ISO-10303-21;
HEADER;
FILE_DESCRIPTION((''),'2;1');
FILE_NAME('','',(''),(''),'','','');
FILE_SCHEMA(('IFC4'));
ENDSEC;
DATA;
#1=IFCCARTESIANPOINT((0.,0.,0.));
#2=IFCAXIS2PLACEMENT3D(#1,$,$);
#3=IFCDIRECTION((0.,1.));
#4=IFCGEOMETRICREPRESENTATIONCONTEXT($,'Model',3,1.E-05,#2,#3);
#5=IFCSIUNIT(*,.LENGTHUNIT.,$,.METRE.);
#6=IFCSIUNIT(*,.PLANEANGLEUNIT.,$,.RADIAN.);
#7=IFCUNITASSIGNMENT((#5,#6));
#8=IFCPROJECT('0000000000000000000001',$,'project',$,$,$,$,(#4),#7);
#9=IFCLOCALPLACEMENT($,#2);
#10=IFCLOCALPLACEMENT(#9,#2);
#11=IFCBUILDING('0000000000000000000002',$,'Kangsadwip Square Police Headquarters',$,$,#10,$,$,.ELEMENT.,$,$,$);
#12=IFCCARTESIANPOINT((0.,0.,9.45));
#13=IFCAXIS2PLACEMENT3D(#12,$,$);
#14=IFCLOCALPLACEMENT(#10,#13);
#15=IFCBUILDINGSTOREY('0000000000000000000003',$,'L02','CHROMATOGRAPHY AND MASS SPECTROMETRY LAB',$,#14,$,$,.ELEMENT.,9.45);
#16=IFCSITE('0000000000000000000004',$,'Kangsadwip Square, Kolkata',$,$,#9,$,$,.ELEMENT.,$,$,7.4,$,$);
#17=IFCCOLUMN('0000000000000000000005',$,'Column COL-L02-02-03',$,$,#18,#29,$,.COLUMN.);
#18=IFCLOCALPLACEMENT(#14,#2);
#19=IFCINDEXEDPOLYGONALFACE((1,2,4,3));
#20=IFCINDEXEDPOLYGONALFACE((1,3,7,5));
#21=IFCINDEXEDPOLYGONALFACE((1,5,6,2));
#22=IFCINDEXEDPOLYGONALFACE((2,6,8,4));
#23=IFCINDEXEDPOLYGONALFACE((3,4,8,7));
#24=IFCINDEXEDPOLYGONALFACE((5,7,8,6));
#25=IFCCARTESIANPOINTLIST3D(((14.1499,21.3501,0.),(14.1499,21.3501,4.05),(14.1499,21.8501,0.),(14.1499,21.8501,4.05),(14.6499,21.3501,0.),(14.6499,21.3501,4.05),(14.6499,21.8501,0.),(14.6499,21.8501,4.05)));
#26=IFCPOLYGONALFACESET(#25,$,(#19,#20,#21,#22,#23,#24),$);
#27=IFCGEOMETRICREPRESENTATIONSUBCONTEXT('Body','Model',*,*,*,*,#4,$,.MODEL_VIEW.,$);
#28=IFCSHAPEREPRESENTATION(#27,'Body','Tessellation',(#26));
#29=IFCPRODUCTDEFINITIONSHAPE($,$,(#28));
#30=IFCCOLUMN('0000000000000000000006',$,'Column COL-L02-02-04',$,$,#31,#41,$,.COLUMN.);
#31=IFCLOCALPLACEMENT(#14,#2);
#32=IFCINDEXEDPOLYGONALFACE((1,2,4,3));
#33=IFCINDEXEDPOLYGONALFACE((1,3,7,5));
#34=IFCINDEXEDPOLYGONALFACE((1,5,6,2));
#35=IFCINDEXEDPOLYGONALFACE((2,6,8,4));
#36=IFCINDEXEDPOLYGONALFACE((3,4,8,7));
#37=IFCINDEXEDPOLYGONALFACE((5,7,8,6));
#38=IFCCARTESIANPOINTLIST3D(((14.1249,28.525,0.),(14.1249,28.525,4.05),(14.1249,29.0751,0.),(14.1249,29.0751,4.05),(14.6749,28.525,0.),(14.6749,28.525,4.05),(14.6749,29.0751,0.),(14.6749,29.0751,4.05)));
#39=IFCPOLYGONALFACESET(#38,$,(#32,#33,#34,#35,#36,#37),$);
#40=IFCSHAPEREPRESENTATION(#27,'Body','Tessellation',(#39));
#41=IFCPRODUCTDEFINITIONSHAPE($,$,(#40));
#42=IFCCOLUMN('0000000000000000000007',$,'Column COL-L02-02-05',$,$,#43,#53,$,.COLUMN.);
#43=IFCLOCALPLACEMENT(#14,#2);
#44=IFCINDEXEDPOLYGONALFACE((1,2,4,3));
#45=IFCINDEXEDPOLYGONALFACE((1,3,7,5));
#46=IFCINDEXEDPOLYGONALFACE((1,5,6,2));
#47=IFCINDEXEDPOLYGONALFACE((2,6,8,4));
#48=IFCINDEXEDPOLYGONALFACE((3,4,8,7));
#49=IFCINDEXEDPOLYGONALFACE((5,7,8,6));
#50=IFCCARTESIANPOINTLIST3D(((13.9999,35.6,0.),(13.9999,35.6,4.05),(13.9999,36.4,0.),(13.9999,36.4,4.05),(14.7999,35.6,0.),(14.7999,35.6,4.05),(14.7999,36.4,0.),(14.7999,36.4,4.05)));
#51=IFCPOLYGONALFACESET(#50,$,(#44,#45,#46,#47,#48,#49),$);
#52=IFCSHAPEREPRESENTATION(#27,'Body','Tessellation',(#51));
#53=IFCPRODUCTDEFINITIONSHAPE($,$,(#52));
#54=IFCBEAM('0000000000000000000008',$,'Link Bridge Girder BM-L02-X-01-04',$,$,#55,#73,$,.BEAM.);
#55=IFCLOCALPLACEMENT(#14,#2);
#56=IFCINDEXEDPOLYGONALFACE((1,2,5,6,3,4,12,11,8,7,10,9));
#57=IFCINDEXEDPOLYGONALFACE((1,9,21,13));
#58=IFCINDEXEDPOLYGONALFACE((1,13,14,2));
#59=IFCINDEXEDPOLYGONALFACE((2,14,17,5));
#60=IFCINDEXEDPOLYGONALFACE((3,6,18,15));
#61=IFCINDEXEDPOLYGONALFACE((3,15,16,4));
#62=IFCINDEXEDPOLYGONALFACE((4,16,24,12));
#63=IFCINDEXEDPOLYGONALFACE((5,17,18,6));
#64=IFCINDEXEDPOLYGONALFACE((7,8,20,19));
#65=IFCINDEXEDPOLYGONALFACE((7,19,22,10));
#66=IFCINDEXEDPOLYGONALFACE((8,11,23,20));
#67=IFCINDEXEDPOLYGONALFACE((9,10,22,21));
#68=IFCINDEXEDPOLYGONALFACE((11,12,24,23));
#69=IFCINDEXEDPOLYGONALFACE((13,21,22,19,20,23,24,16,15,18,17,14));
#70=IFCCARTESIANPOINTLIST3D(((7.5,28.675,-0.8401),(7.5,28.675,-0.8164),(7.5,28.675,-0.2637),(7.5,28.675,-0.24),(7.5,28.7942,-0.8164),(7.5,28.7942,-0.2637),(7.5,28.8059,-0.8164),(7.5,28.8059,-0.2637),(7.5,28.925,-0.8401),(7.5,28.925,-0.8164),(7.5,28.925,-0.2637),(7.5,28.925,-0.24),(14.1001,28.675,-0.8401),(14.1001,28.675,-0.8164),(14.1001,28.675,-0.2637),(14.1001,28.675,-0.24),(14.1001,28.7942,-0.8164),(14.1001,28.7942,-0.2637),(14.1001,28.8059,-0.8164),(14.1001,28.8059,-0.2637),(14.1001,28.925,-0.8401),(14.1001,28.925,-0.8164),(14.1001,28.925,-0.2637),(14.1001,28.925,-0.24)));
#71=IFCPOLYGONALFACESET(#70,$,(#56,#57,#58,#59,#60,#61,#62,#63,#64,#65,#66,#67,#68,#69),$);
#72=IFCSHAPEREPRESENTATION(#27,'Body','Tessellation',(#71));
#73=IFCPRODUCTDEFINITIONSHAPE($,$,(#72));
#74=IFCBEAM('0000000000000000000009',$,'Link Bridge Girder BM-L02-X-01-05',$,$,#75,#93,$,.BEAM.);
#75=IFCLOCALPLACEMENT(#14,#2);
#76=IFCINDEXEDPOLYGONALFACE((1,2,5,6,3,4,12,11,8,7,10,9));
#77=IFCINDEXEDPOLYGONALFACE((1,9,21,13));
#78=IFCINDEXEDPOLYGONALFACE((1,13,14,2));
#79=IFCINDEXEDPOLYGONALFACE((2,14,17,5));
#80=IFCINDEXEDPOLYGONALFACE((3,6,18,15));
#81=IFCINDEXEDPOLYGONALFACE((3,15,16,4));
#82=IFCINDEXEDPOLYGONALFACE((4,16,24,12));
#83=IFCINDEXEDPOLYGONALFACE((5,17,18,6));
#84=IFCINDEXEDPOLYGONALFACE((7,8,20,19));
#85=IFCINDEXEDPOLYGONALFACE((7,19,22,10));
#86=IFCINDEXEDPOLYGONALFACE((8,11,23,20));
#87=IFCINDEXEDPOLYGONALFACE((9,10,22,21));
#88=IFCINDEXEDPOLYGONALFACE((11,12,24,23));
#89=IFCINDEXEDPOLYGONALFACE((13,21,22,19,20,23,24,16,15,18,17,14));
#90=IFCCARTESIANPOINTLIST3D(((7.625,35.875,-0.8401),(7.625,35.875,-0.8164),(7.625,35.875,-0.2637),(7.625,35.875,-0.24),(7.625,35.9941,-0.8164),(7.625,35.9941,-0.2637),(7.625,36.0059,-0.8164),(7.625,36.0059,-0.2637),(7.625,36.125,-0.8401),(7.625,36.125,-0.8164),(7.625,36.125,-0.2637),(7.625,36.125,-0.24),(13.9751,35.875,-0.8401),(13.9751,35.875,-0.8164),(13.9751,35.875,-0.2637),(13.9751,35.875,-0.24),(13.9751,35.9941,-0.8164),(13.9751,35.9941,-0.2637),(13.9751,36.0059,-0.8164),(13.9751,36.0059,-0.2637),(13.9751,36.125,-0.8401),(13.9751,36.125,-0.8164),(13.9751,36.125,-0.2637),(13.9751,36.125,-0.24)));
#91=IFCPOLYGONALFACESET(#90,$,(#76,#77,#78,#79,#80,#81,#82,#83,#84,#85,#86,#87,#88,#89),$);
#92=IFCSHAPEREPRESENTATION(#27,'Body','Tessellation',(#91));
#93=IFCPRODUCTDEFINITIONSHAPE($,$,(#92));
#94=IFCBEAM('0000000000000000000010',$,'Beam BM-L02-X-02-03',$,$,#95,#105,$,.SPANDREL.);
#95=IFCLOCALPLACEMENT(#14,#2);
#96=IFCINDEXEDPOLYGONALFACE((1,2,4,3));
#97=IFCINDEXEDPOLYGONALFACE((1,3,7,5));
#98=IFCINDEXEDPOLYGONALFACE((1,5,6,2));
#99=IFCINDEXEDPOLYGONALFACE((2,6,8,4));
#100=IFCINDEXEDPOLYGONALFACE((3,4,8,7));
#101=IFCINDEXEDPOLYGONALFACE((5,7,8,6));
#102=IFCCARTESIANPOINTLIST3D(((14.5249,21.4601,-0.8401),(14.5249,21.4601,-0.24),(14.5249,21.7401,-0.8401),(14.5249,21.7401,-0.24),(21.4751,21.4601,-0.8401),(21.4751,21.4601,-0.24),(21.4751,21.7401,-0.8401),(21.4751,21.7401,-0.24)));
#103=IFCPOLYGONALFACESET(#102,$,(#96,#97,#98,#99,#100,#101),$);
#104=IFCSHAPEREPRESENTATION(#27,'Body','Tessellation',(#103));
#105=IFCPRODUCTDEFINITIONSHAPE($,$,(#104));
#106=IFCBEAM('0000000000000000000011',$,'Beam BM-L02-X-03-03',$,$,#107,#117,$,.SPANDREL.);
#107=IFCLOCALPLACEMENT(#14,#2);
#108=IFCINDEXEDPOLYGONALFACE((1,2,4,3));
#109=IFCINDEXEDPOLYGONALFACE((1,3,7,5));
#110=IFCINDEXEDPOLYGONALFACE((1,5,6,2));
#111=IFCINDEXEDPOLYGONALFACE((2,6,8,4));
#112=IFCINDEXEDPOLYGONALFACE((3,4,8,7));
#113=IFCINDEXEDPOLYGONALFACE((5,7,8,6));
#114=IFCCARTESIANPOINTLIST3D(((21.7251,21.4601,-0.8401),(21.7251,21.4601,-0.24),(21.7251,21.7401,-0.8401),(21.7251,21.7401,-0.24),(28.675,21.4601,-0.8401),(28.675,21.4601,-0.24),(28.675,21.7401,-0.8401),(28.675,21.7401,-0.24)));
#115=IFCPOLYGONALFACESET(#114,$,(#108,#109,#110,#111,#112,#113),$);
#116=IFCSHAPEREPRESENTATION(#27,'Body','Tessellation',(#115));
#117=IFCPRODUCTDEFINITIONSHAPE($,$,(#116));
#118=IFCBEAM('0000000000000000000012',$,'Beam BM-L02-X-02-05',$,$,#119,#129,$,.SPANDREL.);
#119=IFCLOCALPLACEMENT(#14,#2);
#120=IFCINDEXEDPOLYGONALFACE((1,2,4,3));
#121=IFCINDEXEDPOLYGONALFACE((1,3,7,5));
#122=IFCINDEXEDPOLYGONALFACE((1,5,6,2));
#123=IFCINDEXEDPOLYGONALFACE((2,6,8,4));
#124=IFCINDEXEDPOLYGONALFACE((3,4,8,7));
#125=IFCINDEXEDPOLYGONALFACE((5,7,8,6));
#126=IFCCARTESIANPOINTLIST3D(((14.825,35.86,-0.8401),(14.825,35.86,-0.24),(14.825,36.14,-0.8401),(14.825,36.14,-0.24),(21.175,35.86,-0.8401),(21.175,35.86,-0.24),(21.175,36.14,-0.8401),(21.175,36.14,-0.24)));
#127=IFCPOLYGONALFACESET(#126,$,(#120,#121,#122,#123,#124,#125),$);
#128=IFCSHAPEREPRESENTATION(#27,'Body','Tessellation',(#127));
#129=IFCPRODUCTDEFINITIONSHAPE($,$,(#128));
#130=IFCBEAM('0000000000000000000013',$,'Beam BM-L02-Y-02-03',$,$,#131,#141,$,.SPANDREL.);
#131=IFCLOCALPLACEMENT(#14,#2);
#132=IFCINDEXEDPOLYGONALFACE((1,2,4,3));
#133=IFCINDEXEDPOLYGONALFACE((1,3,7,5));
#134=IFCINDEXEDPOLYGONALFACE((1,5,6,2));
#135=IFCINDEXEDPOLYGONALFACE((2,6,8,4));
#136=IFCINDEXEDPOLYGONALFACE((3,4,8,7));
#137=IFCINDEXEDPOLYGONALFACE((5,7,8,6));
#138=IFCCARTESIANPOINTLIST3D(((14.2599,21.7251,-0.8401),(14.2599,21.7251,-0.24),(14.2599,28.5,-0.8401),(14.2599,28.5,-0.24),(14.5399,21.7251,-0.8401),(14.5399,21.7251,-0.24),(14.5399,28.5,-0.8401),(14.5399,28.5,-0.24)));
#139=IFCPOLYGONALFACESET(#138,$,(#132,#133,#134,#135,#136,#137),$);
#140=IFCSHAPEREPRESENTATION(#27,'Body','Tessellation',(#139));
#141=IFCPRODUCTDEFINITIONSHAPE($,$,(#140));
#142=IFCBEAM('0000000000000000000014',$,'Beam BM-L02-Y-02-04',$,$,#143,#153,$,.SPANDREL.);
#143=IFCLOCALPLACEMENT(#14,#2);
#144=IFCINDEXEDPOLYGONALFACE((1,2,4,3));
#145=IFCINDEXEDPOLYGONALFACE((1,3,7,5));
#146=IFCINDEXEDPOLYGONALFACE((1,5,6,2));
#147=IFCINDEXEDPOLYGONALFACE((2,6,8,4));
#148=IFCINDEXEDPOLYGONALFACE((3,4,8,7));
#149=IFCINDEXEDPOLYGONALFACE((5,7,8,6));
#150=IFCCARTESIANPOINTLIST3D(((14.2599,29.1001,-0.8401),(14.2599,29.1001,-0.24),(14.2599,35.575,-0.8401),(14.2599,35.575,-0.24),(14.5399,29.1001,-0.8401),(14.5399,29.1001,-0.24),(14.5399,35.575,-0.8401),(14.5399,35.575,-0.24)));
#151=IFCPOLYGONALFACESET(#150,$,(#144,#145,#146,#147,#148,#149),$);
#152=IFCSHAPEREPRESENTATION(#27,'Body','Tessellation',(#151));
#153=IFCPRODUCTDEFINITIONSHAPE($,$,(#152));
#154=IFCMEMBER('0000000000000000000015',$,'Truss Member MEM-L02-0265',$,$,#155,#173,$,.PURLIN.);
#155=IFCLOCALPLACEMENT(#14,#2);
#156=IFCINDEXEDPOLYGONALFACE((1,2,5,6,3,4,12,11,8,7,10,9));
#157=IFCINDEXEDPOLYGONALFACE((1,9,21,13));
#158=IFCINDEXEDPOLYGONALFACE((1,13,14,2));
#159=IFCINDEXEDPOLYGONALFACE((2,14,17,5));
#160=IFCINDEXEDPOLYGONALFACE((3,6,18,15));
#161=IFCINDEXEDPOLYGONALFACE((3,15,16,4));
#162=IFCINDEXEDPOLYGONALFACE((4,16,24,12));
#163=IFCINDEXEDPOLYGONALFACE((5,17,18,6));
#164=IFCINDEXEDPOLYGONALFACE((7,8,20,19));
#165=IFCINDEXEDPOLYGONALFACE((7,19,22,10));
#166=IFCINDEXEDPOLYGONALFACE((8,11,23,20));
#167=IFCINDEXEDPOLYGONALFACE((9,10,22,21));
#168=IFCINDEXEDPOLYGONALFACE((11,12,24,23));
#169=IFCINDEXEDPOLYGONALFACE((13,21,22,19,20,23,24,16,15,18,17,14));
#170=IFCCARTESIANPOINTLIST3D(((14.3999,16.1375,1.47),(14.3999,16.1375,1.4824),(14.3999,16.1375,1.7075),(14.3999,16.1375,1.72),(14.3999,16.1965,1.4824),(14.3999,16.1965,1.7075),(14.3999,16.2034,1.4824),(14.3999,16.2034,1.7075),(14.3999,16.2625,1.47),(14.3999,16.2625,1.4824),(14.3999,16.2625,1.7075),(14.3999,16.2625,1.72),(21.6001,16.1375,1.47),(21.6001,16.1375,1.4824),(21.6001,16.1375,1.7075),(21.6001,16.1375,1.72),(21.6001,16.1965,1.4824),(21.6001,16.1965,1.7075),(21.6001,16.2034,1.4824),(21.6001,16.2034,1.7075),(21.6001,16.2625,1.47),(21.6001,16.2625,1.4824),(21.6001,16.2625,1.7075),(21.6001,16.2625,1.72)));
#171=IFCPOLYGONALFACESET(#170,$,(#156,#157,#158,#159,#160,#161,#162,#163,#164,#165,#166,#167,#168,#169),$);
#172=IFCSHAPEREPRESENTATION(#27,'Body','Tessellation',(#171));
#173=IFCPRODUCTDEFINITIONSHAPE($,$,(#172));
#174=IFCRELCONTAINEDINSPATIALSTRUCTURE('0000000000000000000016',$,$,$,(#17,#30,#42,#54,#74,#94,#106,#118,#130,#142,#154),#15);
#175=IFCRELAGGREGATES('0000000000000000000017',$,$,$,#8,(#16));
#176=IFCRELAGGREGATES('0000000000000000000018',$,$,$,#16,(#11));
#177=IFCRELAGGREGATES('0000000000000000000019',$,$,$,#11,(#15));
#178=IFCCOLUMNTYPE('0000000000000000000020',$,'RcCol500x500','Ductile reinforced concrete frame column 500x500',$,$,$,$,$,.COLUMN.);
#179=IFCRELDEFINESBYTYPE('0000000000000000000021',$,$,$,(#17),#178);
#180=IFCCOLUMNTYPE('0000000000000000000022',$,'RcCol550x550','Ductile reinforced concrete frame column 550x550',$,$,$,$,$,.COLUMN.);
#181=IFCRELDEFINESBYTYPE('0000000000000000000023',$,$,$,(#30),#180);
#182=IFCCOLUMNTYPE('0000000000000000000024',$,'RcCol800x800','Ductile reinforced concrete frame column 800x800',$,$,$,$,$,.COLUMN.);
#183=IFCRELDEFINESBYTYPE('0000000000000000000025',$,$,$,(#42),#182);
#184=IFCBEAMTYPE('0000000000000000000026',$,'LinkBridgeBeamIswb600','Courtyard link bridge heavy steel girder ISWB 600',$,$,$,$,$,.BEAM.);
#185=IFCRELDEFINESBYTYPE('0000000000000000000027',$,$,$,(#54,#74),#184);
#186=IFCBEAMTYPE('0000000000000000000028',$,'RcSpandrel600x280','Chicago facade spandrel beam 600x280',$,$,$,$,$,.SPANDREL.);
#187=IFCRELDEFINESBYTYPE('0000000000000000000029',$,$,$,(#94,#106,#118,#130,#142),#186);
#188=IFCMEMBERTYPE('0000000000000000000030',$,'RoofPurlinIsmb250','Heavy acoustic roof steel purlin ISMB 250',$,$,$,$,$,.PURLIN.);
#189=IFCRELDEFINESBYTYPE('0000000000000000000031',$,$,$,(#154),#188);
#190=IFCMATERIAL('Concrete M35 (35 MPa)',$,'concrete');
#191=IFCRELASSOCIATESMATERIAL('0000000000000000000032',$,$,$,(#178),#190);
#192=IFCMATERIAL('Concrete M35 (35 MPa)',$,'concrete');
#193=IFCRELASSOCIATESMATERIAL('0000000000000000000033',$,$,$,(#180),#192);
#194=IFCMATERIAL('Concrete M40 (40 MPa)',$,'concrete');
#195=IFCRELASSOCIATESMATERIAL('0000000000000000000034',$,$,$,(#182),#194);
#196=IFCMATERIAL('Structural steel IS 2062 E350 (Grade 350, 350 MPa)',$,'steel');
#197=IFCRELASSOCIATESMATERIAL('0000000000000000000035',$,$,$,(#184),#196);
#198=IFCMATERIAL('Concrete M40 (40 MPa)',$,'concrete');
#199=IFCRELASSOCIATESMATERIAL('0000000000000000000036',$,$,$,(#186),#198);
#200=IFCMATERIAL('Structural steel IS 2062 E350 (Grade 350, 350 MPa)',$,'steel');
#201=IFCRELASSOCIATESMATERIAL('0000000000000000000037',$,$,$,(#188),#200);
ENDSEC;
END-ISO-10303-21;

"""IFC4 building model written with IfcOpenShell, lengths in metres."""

from ifc_helpers import new_model, si_unit, direction, frame, origin, origin_2d, place, context, subcontext, project, spatial, rectangle, i_section, extrude, material, material_profile, profile_set, type_object, element, save


model = new_model("IFC4")

# Units and contexts
model_context = context("Model", 3, precision=1e-05, world=origin(), true_north=direction((0.0, 1.0)))
body_context = subcontext(model_context, "Body", "Model", "MODEL_VIEW")
ifc_project = project(units=[si_unit("LENGTHUNIT", "METRE"), si_unit("PLANEANGLEUNIT", "RADIAN")], contexts=[model_context])

# Site, building, storey
site_placement = place(None, origin())
site = spatial("IfcSite", under=ifc_project, at=site_placement, Name="Kangsadwip Square, Kolkata", CompositionType="ELEMENT", RefElevation=7.4)
building_placement = place(site_placement, origin())
building = spatial("IfcBuilding", under=site, at=building_placement, Name="Kangsadwip Square Police Headquarters", CompositionType="ELEMENT")
storey_placement = place(building_placement, frame((0.0, 0.0, 9.45)))
storey = spatial("IfcBuildingStorey", under=building, at=storey_placement, Name="L02", Description="CHROMATOGRAPHY AND MASS SPECTROMETRY LAB", CompositionType="ELEMENT", Elevation=9.45)

# Columns
ifc_material_1 = material(Name="Concrete M35 (35 MPa)", Category="concrete")
ifc_material_profile_1 = material_profile(ifc_material_1, rectangle(XDim=0.5, YDim=0.5, at=origin_2d()), Name="RC COL 500X500")
ifc_profile_set_1 = profile_set([ifc_material_profile_1], Name="Concrete M35 (35 MPa)")
column_type_1 = type_object("IfcColumnType", Name="RcCol500x500", Description="Ductile reinforced concrete frame column 500x500", PredefinedType="COLUMN", material=ifc_profile_set_1)
column_1_placement = place(storey_placement, frame((14.3999, 21.6001, 0.0), z_axis=(0.0, 0.0, 1.0), x_axis=(1.0, 0.0, 0.0)))
element("IfcColumn", 1, at=column_1_placement, inside=storey, type_object=column_type_1, Name="Column COL-L02-02-03", PredefinedType="COLUMN", context=body_context, shape_type="SweptSolid", body=[
    extrude(rectangle(XDim=0.5, YDim=0.5, at=origin_2d()), origin(), (0.0, 0.0, 1.0), 4.05),
])
ifc_material_2 = material(Name="Concrete M35 (35 MPa)", Category="concrete")
ifc_material_profile_2 = material_profile(ifc_material_2, rectangle(XDim=0.55, YDim=0.55, at=origin_2d()), Name="RC COL 550X550")
ifc_profile_set_2 = profile_set([ifc_material_profile_2], Name="Concrete M35 (35 MPa)")
column_type_2 = type_object("IfcColumnType", Name="RcCol550x550", Description="Ductile reinforced concrete frame column 550x550", PredefinedType="COLUMN", material=ifc_profile_set_2)
column_2_placement = place(storey_placement, frame((14.3999, 28.8, 0.0), z_axis=(0.0, 0.0, 1.0), x_axis=(1.0, 0.0, 0.0)))
element("IfcColumn", 2, at=column_2_placement, inside=storey, type_object=column_type_2, Name="Column COL-L02-02-04", PredefinedType="COLUMN", context=body_context, shape_type="SweptSolid", body=[
    extrude(rectangle(XDim=0.55, YDim=0.55, at=origin_2d()), origin(), (0.0, 0.0, 1.0), 4.05),
])
ifc_material_3 = material(Name="Concrete M40 (40 MPa)", Category="concrete")
ifc_material_profile_3 = material_profile(ifc_material_3, rectangle(XDim=0.8, YDim=0.8, at=origin_2d()), Name="RC COL 800X800")
ifc_profile_set_3 = profile_set([ifc_material_profile_3], Name="Concrete M40 (40 MPa)")
column_type_3 = type_object("IfcColumnType", Name="RcCol800x800", Description="Ductile reinforced concrete frame column 800x800", PredefinedType="COLUMN", material=ifc_profile_set_3)
column_3_placement = place(storey_placement, frame((14.3999, 36.0, 0.0), z_axis=(0.0, 0.0, 1.0), x_axis=(1.0, 0.0, 0.0)))
element("IfcColumn", 3, at=column_3_placement, inside=storey, type_object=column_type_3, Name="Column COL-L02-02-05", PredefinedType="COLUMN", context=body_context, shape_type="SweptSolid", body=[
    extrude(rectangle(XDim=0.8, YDim=0.8, at=origin_2d()), origin(), (0.0, 0.0, 1.0), 4.05),
])

# Beams
ifc_material_4 = material(Name="Structural steel IS 2062 E350 (Grade 350, 350 MPa)", Category="steel")
ifc_material_profile_4 = material_profile(ifc_material_4, i_section(OverallWidth=0.25, OverallDepth=0.6001, WebThickness=0.0117, FlangeThickness=0.0237, at=origin_2d()), Name="ISWB 600")
ifc_profile_set_4 = profile_set([ifc_material_profile_4], Name="Structural steel IS 2062 E350 (Grade 350, 350 MPa)")
beam_type_1 = type_object("IfcBeamType", Name="LinkBridgeBeamIswb600", Description="Courtyard link bridge heavy steel girder ISWB 600", PredefinedType="BEAM", material=ifc_profile_set_4)
beam_1_placement = place(storey_placement, frame((7.5, 28.8, -0.54), z_axis=(1.0, 0.0, 0.0), x_axis=(0.0, 1.0, 0.0)))
element("IfcBeam", 4, at=beam_1_placement, inside=storey, type_object=beam_type_1, Name="Link Bridge Girder BM-L02-X-01-04", PredefinedType="BEAM", context=body_context, shape_type="SweptSolid", body=[
    extrude(i_section(OverallWidth=0.25, OverallDepth=0.6001, WebThickness=0.0117, FlangeThickness=0.0237, at=origin_2d()), origin(), (0.0, 0.0, 1.0), 6.6001),
])
beam_2_placement = place(storey_placement, frame((7.625, 36.0, -0.54), z_axis=(1.0, 0.0, 0.0), x_axis=(0.0, 1.0, 0.0)))
element("IfcBeam", 5, at=beam_2_placement, inside=storey, type_object=beam_type_1, Name="Link Bridge Girder BM-L02-X-01-05", PredefinedType="BEAM", context=body_context, shape_type="SweptSolid", body=[
    extrude(i_section(OverallWidth=0.25, OverallDepth=0.6001, WebThickness=0.0117, FlangeThickness=0.0237, at=origin_2d()), origin(), (0.0, 0.0, 1.0), 6.3501),
])
ifc_material_5 = material(Name="Concrete M40 (40 MPa)", Category="concrete")
ifc_material_profile_5 = material_profile(ifc_material_5, rectangle(XDim=0.28, YDim=0.6001, at=origin_2d()), Name="RC SPN 600X280")
ifc_profile_set_5 = profile_set([ifc_material_profile_5], Name="Concrete M40 (40 MPa)")
beam_type_2 = type_object("IfcBeamType", Name="RcSpandrel600x280", Description="Chicago facade spandrel beam 600x280", PredefinedType="SPANDREL", material=ifc_profile_set_5)
beam_3_placement = place(storey_placement, frame((14.5249, 21.6001, -0.54), z_axis=(1.0, 0.0, 0.0), x_axis=(0.0, 1.0, 0.0)))
element("IfcBeam", 6, at=beam_3_placement, inside=storey, type_object=beam_type_2, Name="Beam BM-L02-X-02-03", PredefinedType="SPANDREL", context=body_context, shape_type="SweptSolid", body=[
    extrude(rectangle(XDim=0.28, YDim=0.6001, at=origin_2d()), origin(), (0.0, 0.0, 1.0), 6.9502),
])
beam_4_placement = place(storey_placement, frame((21.7251, 21.6001, -0.54), z_axis=(1.0, 0.0, 0.0), x_axis=(0.0, 1.0, 0.0)))
element("IfcBeam", 7, at=beam_4_placement, inside=storey, type_object=beam_type_2, Name="Beam BM-L02-X-03-03", PredefinedType="SPANDREL", context=body_context, shape_type="SweptSolid", body=[
    extrude(rectangle(XDim=0.28, YDim=0.6001, at=origin_2d()), origin(), (0.0, 0.0, 1.0), 6.95),
])
beam_5_placement = place(storey_placement, frame((14.825, 36.0, -0.54), z_axis=(1.0, 0.0, 0.0), x_axis=(0.0, 1.0, 0.0)))
element("IfcBeam", 8, at=beam_5_placement, inside=storey, type_object=beam_type_2, Name="Beam BM-L02-X-02-05", PredefinedType="SPANDREL", context=body_context, shape_type="SweptSolid", body=[
    extrude(rectangle(XDim=0.28, YDim=0.6001, at=origin_2d()), origin(), (0.0, 0.0, 1.0), 6.3501),
])
beam_6_placement = place(storey_placement, frame((14.3999, 21.7251, -0.54), z_axis=(0.0, 1.0, 0.0), x_axis=(-1.0, 0.0, 0.0)))
element("IfcBeam", 9, at=beam_6_placement, inside=storey, type_object=beam_type_2, Name="Beam BM-L02-Y-02-03", PredefinedType="SPANDREL", context=body_context, shape_type="SweptSolid", body=[
    extrude(rectangle(XDim=0.28, YDim=0.6001, at=origin_2d()), origin(), (0.0, 0.0, 1.0), 6.7749),
])
beam_7_placement = place(storey_placement, frame((14.3999, 29.1001, -0.54), z_axis=(0.0, 1.0, 0.0), x_axis=(-1.0, 0.0, 0.0)))
element("IfcBeam", 10, at=beam_7_placement, inside=storey, type_object=beam_type_2, Name="Beam BM-L02-Y-02-04", PredefinedType="SPANDREL", context=body_context, shape_type="SweptSolid", body=[
    extrude(rectangle(XDim=0.28, YDim=0.6001, at=origin_2d()), origin(), (0.0, 0.0, 1.0), 6.4749),
])

# Member
ifc_material_6 = material(Name="Structural steel IS 2062 E350 (Grade 350, 350 MPa)", Category="steel")
ifc_material_profile_6 = material_profile(ifc_material_6, i_section(OverallWidth=0.125, OverallDepth=0.25, WebThickness=0.0068, FlangeThickness=0.0125, at=origin_2d()), Name="ISMB 250")
ifc_profile_set_6 = profile_set([ifc_material_profile_6], Name="Structural steel IS 2062 E350 (Grade 350, 350 MPa)")
member_type = type_object("IfcMemberType", Name="RoofPurlinIsmb250", Description="Heavy acoustic roof steel purlin ISMB 250", PredefinedType="PURLIN", material=ifc_profile_set_6)
member_1_placement = place(storey_placement, frame((14.3999, 16.2, 1.595), z_axis=(1.0, 0.0, 0.0), x_axis=(0.0, 1.0, 0.0)))
element("IfcMember", 11, at=member_1_placement, inside=storey, type_object=member_type, Name="Truss Member MEM-L02-0265", PredefinedType="PURLIN", context=body_context, shape_type="SweptSolid", body=[
    extrude(i_section(OverallWidth=0.125, OverallDepth=0.25, WebThickness=0.0068, FlangeThickness=0.0125, at=origin_2d()), origin(), (0.0, 0.0, 1.0), 7.2002),
])

save(model, "model.ifc")
